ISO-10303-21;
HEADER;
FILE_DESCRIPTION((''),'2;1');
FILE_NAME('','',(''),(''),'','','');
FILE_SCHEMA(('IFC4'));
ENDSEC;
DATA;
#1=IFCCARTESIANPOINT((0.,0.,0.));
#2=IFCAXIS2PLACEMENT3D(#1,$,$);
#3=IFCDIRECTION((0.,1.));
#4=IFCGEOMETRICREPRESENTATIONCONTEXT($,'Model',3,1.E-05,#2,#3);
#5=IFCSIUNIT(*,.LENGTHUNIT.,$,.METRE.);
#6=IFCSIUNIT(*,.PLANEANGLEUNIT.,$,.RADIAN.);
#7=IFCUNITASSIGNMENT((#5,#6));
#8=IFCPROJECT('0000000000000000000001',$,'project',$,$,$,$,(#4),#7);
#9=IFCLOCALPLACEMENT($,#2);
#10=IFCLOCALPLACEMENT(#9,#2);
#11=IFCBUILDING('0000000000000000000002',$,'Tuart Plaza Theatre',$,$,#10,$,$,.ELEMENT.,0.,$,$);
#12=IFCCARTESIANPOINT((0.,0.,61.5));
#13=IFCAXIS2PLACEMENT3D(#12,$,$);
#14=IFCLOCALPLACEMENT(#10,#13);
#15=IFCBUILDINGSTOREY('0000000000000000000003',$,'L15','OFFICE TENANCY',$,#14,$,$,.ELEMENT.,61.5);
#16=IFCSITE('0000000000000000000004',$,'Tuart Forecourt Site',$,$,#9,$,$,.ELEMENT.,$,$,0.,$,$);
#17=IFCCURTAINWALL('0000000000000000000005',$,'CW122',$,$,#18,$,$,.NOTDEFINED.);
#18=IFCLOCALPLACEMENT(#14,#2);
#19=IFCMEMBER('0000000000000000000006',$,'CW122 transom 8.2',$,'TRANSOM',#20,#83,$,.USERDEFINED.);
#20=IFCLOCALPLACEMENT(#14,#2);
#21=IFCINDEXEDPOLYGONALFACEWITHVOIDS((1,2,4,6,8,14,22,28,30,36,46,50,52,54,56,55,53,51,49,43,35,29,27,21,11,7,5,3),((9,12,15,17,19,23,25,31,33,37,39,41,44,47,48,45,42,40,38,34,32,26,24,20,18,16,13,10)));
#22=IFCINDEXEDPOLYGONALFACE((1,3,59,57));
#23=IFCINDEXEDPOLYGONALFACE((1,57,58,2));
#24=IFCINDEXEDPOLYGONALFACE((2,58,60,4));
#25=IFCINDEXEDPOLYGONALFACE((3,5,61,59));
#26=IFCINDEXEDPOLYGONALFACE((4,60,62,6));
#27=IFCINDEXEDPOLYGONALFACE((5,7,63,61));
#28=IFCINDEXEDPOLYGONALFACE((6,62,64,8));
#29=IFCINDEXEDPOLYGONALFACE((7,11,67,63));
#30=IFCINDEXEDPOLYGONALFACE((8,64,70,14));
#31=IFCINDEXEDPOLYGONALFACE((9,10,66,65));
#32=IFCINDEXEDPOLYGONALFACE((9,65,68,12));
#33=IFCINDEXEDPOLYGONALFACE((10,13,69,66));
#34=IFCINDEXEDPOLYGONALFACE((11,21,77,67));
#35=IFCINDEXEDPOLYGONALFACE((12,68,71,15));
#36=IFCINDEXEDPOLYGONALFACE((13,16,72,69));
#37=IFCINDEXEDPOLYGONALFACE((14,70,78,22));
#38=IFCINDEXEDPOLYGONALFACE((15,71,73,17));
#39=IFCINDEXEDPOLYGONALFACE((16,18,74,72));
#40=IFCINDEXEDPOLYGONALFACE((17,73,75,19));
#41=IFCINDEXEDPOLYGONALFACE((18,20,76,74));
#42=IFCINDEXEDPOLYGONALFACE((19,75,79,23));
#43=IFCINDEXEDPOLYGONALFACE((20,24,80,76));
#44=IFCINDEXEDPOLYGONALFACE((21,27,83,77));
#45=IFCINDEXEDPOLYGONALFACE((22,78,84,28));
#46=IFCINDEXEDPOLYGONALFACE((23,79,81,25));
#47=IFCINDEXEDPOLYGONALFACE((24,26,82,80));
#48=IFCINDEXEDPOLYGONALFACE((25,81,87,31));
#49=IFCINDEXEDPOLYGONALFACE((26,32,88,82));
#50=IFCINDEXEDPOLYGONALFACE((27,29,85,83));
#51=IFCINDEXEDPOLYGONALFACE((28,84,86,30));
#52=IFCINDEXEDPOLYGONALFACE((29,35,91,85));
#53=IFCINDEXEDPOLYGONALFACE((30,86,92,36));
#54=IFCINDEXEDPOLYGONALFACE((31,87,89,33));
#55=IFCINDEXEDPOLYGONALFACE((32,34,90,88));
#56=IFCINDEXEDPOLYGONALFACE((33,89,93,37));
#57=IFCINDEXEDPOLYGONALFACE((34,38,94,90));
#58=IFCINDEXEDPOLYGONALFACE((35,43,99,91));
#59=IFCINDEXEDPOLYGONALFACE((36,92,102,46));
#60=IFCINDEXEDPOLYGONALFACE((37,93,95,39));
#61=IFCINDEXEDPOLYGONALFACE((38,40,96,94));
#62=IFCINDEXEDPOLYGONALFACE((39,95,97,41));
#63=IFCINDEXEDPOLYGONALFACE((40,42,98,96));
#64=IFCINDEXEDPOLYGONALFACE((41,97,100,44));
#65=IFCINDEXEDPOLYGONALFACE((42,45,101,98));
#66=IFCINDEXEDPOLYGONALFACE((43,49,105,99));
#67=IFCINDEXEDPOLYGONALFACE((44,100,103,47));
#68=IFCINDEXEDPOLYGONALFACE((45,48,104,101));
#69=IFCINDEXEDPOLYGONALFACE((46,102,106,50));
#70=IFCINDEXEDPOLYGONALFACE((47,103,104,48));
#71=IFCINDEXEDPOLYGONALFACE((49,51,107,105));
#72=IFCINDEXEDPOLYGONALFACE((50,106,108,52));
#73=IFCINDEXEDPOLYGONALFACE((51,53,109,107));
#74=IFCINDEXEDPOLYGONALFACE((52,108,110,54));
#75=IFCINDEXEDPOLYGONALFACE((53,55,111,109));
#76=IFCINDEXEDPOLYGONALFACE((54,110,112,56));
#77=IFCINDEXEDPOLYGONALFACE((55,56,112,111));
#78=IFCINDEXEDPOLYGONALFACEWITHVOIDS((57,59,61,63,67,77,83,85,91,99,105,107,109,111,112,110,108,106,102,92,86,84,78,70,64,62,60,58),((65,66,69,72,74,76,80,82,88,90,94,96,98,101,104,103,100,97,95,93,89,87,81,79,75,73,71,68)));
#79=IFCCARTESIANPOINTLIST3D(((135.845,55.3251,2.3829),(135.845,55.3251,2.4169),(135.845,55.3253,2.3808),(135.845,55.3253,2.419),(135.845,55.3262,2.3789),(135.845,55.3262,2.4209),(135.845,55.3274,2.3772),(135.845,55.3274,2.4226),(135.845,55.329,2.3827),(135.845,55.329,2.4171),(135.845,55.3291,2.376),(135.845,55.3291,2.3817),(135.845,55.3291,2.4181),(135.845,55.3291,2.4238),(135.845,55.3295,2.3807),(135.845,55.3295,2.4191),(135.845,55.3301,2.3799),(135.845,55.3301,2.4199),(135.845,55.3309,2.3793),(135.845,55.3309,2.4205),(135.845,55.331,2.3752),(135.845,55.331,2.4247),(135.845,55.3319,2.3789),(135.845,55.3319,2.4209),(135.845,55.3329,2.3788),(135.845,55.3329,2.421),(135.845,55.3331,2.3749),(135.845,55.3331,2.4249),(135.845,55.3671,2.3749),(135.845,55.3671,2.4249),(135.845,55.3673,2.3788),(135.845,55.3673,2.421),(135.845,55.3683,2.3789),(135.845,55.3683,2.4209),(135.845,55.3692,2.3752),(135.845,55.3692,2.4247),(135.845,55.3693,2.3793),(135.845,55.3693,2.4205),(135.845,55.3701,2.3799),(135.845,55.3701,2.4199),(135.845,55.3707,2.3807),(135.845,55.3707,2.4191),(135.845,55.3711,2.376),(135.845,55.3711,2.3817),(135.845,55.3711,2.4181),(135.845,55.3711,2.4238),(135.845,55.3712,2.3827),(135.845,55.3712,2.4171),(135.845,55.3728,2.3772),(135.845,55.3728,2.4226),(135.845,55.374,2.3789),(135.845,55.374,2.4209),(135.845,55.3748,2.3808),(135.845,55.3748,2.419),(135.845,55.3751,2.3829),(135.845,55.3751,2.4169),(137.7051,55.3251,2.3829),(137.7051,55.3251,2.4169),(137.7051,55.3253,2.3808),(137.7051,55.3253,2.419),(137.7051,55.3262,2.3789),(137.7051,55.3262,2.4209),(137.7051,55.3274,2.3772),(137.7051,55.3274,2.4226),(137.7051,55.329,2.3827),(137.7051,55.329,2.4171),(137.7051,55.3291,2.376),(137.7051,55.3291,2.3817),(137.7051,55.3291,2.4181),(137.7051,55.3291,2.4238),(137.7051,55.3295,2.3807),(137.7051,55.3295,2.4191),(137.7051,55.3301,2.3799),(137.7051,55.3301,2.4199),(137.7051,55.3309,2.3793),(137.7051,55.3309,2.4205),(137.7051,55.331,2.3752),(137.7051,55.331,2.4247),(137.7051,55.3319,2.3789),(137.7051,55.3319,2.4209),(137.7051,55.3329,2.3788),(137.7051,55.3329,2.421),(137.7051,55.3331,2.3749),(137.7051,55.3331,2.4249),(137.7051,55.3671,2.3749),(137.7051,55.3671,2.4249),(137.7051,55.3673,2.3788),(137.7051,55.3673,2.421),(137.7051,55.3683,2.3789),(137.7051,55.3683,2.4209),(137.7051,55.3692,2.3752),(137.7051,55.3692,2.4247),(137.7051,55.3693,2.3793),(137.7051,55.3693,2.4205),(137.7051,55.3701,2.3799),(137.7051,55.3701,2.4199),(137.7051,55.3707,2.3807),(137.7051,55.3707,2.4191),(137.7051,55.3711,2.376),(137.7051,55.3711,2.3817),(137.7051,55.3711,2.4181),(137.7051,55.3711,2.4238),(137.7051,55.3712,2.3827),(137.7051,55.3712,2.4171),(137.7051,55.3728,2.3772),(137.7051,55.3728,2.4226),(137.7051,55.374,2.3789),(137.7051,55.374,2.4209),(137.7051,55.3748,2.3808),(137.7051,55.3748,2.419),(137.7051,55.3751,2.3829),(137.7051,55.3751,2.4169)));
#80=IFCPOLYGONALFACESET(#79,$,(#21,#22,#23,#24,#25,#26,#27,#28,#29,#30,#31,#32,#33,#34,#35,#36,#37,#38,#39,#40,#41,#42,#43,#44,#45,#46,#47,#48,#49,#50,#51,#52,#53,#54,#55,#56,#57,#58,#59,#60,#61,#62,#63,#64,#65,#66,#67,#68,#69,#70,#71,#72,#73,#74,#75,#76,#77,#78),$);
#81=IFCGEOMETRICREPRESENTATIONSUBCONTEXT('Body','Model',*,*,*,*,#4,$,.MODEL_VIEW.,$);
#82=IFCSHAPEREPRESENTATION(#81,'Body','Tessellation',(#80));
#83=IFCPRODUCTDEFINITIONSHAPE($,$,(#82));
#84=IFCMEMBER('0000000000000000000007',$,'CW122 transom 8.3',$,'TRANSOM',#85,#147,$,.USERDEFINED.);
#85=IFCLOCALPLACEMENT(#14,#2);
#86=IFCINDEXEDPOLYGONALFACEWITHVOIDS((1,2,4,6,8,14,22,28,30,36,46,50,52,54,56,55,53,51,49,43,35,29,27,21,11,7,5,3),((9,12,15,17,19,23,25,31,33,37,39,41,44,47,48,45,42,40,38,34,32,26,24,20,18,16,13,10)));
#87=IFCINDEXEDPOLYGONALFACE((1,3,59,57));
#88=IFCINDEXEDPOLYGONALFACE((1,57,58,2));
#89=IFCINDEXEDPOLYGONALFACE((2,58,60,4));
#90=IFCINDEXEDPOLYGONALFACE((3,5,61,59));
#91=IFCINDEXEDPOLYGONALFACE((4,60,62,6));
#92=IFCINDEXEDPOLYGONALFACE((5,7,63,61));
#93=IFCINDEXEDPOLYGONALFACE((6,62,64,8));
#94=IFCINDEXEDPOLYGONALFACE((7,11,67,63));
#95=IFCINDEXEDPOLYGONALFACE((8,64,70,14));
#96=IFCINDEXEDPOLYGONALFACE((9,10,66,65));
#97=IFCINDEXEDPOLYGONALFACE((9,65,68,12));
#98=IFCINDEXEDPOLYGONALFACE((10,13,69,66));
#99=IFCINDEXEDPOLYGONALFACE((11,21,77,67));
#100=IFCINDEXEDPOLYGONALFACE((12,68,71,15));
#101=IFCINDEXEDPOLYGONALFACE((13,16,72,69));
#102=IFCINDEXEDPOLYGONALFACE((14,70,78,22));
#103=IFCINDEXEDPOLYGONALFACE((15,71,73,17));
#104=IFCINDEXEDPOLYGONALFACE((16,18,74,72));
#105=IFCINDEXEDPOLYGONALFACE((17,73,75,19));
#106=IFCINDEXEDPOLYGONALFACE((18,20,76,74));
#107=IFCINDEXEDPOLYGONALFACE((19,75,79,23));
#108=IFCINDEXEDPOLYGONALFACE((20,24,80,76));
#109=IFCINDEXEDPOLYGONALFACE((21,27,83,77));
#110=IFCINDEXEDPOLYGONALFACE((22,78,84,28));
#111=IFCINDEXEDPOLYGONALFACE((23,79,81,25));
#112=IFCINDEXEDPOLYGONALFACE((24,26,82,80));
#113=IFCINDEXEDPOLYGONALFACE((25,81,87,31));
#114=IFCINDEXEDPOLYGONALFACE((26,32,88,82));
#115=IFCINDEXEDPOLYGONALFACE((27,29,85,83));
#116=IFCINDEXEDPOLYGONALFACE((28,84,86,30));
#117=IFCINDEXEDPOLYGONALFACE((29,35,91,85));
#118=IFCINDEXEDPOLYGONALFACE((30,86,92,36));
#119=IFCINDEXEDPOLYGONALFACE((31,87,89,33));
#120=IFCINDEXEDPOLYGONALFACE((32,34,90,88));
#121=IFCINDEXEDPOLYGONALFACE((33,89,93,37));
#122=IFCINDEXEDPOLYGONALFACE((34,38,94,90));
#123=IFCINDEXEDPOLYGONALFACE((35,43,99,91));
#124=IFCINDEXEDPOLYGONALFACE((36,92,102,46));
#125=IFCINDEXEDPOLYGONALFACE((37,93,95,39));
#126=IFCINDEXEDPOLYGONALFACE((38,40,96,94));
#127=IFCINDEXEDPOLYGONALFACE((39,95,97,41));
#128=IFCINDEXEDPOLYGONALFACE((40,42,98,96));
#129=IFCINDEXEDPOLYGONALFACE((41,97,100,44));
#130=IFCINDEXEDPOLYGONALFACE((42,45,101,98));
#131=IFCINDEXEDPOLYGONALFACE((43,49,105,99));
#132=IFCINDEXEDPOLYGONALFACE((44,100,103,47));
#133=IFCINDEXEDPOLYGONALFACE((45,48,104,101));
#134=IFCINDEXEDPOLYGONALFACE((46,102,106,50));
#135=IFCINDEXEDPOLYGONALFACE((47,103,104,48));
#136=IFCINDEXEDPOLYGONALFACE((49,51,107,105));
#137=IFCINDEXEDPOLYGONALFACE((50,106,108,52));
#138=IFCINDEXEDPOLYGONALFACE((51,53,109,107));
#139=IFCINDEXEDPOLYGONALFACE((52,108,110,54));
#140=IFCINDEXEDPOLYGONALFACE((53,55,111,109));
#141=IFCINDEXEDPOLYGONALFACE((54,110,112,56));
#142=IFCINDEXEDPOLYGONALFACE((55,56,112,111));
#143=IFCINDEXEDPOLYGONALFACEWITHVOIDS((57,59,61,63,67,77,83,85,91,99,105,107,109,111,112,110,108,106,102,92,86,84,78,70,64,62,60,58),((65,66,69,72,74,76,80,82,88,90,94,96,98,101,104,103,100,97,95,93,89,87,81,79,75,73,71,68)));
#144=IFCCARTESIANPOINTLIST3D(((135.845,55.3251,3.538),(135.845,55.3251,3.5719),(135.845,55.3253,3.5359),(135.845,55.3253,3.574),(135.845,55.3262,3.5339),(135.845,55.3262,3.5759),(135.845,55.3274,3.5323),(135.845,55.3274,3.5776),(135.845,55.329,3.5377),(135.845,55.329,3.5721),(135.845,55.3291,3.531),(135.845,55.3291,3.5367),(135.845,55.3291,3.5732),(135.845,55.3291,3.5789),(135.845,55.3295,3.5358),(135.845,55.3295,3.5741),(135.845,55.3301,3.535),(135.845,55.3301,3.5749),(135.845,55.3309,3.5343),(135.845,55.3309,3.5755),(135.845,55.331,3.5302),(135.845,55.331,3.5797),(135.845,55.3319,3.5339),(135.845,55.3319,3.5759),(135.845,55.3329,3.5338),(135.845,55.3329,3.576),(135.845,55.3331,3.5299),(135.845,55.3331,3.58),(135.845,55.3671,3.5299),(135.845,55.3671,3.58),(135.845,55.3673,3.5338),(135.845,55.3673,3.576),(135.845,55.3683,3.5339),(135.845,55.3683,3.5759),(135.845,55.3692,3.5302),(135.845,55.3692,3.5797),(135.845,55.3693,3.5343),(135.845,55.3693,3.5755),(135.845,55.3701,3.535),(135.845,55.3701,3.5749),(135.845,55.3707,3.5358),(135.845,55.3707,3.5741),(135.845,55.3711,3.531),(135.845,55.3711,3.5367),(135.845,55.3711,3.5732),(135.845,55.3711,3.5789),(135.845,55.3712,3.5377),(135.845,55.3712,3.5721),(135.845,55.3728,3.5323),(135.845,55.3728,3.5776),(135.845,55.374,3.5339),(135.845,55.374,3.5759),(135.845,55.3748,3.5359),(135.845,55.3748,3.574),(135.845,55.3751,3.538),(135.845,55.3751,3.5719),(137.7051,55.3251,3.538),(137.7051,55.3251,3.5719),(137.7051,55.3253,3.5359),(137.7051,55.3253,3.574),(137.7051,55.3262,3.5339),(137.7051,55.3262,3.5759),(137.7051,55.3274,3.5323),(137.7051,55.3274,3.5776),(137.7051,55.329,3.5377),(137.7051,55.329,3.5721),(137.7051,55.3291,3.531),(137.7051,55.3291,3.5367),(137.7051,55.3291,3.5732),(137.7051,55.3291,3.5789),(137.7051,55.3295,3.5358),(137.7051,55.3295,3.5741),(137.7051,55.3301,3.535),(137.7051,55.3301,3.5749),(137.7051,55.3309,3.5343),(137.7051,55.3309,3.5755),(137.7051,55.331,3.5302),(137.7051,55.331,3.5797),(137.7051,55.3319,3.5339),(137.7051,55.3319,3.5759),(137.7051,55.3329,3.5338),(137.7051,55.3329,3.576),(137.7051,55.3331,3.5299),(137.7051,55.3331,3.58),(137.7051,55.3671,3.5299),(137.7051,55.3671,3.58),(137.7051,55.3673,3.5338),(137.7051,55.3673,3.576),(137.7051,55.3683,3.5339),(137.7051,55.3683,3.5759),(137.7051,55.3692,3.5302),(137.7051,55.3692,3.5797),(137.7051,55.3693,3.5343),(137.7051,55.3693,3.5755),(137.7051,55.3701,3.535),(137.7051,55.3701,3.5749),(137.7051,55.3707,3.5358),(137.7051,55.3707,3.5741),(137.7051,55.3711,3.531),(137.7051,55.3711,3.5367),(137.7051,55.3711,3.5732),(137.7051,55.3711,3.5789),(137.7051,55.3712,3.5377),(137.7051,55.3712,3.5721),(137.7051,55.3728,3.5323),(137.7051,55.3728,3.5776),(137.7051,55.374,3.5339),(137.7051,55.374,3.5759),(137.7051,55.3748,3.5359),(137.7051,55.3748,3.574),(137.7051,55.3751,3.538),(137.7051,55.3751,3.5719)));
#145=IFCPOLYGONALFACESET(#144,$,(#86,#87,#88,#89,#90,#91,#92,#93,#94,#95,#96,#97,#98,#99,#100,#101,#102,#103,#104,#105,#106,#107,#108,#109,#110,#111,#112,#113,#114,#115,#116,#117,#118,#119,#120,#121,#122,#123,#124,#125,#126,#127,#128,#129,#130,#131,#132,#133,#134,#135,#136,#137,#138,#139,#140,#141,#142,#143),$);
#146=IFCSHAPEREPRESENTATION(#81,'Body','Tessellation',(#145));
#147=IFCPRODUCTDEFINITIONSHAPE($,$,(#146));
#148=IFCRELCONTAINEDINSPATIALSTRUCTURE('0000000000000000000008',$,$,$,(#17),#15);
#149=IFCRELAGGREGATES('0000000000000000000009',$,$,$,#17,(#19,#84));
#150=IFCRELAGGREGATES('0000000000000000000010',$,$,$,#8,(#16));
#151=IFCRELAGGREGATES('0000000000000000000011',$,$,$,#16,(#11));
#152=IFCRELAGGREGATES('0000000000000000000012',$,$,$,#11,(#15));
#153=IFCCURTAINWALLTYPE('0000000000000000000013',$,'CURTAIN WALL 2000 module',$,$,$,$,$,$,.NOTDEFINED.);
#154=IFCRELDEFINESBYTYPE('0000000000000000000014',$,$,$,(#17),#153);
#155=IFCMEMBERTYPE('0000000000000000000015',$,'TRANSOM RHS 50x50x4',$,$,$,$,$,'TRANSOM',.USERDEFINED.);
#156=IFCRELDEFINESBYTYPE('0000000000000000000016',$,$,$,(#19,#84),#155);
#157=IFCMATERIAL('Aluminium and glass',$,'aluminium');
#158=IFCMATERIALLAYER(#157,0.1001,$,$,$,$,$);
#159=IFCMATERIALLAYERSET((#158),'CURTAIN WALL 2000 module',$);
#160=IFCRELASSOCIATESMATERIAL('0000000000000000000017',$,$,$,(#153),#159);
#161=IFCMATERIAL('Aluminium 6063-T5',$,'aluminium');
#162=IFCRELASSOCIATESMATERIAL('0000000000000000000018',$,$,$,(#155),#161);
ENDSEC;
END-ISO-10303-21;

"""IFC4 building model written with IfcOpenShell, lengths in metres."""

from ifc_helpers import new_model, si_unit, direction, frame, origin, origin_2d, place, context, subcontext, project, spatial, hollow_rectangle, extrude, material, layer, layer_set, material_profile, profile_set, type_object, element, aggregate, save


model = new_model("IFC4")

# Units and contexts
model_context = context("Model", 3, precision=1e-05, world=origin(), true_north=direction((0.0, 1.0)))
body_context = subcontext(model_context, "Body", "Model", "MODEL_VIEW")
ifc_project = project(units=[si_unit("LENGTHUNIT", "METRE"), si_unit("PLANEANGLEUNIT", "RADIAN")], contexts=[model_context])

# Site, building, storey
site_placement = place(None, origin())
site = spatial("IfcSite", under=ifc_project, at=site_placement, Name="Tuart Forecourt Site", CompositionType="ELEMENT", RefElevation=0.0)
building_placement = place(site_placement, origin())
building = spatial("IfcBuilding", under=site, at=building_placement, Name="Tuart Plaza Theatre", CompositionType="ELEMENT", ElevationOfRefHeight=0.0)
storey_placement = place(building_placement, frame((0.0, 0.0, 61.5)))
storey = spatial("IfcBuildingStorey", under=building, at=storey_placement, Name="L15", Description="OFFICE TENANCY", CompositionType="ELEMENT", Elevation=61.5)

# Curtain wall, members
ifc_material_1 = material(Name="Aluminium and glass", Category="aluminium")
ifc_layer_1 = layer(ifc_material_1, 0.1001)
ifc_layer_set_1 = layer_set([ifc_layer_1], Name="CURTAIN WALL 2000 module")
curtain_wall_type = type_object("IfcCurtainWallType", Name="CURTAIN WALL 2000 module", PredefinedType="NOTDEFINED", material=ifc_layer_set_1)
curtain_wall_placement = place(storey_placement, origin())
curtain_wall = element("IfcCurtainWall", 1, at=curtain_wall_placement, inside=storey, type_object=curtain_wall_type, Name="CW122", PredefinedType="NOTDEFINED")
ifc_material_2 = material(Name="Aluminium 6063-T5", Category="aluminium")
ifc_material_profile_1 = material_profile(ifc_material_2, hollow_rectangle(XDim=0.05, YDim=0.05, WallThickness=0.0039, InnerFilletRadius=0.0039, OuterFilletRadius=0.0081, at=origin_2d()), Name="RHS 50x50x4")
ifc_profile_set_1 = profile_set([ifc_material_profile_1], Name="Aluminium 6063-T5")
member_type_1 = type_object("IfcMemberType", Name="TRANSOM RHS 50x50x4", ElementType="TRANSOM", PredefinedType="USERDEFINED", material=ifc_profile_set_1)
member_1_placement = place(storey_placement, frame((135.845, 55.3501, 2.3999), z_axis=(1.0, 0.0, 0.0), x_axis=(0.0, 1.0, 0.0)))
member_1 = element("IfcMember", 2, at=member_1_placement, type_object=member_type_1, Name="CW122 transom 8.2", ObjectType="TRANSOM", PredefinedType="USERDEFINED", context=body_context, shape_type="SweptSolid", body=[
    extrude(hollow_rectangle(XDim=0.05, YDim=0.05, WallThickness=0.0039, InnerFilletRadius=0.0039, OuterFilletRadius=0.0081, at=origin_2d()), origin(), (0.0, 0.0, 1.0), 1.8601),
])
member_2_placement = place(storey_placement, frame((135.845, 55.3501, 3.5549), z_axis=(1.0, 0.0, 0.0), x_axis=(0.0, 1.0, 0.0)))
member_2 = element("IfcMember", 3, at=member_2_placement, type_object=member_type_1, Name="CW122 transom 8.3", ObjectType="TRANSOM", PredefinedType="USERDEFINED", context=body_context, shape_type="SweptSolid", body=[
    extrude(hollow_rectangle(XDim=0.05, YDim=0.05, WallThickness=0.0039, InnerFilletRadius=0.0039, OuterFilletRadius=0.0081, at=origin_2d()), origin(), (0.0, 0.0, 1.0), 1.8601),
])
aggregate(curtain_wall, [member_1, member_2])

save(model, "model.ifc")
